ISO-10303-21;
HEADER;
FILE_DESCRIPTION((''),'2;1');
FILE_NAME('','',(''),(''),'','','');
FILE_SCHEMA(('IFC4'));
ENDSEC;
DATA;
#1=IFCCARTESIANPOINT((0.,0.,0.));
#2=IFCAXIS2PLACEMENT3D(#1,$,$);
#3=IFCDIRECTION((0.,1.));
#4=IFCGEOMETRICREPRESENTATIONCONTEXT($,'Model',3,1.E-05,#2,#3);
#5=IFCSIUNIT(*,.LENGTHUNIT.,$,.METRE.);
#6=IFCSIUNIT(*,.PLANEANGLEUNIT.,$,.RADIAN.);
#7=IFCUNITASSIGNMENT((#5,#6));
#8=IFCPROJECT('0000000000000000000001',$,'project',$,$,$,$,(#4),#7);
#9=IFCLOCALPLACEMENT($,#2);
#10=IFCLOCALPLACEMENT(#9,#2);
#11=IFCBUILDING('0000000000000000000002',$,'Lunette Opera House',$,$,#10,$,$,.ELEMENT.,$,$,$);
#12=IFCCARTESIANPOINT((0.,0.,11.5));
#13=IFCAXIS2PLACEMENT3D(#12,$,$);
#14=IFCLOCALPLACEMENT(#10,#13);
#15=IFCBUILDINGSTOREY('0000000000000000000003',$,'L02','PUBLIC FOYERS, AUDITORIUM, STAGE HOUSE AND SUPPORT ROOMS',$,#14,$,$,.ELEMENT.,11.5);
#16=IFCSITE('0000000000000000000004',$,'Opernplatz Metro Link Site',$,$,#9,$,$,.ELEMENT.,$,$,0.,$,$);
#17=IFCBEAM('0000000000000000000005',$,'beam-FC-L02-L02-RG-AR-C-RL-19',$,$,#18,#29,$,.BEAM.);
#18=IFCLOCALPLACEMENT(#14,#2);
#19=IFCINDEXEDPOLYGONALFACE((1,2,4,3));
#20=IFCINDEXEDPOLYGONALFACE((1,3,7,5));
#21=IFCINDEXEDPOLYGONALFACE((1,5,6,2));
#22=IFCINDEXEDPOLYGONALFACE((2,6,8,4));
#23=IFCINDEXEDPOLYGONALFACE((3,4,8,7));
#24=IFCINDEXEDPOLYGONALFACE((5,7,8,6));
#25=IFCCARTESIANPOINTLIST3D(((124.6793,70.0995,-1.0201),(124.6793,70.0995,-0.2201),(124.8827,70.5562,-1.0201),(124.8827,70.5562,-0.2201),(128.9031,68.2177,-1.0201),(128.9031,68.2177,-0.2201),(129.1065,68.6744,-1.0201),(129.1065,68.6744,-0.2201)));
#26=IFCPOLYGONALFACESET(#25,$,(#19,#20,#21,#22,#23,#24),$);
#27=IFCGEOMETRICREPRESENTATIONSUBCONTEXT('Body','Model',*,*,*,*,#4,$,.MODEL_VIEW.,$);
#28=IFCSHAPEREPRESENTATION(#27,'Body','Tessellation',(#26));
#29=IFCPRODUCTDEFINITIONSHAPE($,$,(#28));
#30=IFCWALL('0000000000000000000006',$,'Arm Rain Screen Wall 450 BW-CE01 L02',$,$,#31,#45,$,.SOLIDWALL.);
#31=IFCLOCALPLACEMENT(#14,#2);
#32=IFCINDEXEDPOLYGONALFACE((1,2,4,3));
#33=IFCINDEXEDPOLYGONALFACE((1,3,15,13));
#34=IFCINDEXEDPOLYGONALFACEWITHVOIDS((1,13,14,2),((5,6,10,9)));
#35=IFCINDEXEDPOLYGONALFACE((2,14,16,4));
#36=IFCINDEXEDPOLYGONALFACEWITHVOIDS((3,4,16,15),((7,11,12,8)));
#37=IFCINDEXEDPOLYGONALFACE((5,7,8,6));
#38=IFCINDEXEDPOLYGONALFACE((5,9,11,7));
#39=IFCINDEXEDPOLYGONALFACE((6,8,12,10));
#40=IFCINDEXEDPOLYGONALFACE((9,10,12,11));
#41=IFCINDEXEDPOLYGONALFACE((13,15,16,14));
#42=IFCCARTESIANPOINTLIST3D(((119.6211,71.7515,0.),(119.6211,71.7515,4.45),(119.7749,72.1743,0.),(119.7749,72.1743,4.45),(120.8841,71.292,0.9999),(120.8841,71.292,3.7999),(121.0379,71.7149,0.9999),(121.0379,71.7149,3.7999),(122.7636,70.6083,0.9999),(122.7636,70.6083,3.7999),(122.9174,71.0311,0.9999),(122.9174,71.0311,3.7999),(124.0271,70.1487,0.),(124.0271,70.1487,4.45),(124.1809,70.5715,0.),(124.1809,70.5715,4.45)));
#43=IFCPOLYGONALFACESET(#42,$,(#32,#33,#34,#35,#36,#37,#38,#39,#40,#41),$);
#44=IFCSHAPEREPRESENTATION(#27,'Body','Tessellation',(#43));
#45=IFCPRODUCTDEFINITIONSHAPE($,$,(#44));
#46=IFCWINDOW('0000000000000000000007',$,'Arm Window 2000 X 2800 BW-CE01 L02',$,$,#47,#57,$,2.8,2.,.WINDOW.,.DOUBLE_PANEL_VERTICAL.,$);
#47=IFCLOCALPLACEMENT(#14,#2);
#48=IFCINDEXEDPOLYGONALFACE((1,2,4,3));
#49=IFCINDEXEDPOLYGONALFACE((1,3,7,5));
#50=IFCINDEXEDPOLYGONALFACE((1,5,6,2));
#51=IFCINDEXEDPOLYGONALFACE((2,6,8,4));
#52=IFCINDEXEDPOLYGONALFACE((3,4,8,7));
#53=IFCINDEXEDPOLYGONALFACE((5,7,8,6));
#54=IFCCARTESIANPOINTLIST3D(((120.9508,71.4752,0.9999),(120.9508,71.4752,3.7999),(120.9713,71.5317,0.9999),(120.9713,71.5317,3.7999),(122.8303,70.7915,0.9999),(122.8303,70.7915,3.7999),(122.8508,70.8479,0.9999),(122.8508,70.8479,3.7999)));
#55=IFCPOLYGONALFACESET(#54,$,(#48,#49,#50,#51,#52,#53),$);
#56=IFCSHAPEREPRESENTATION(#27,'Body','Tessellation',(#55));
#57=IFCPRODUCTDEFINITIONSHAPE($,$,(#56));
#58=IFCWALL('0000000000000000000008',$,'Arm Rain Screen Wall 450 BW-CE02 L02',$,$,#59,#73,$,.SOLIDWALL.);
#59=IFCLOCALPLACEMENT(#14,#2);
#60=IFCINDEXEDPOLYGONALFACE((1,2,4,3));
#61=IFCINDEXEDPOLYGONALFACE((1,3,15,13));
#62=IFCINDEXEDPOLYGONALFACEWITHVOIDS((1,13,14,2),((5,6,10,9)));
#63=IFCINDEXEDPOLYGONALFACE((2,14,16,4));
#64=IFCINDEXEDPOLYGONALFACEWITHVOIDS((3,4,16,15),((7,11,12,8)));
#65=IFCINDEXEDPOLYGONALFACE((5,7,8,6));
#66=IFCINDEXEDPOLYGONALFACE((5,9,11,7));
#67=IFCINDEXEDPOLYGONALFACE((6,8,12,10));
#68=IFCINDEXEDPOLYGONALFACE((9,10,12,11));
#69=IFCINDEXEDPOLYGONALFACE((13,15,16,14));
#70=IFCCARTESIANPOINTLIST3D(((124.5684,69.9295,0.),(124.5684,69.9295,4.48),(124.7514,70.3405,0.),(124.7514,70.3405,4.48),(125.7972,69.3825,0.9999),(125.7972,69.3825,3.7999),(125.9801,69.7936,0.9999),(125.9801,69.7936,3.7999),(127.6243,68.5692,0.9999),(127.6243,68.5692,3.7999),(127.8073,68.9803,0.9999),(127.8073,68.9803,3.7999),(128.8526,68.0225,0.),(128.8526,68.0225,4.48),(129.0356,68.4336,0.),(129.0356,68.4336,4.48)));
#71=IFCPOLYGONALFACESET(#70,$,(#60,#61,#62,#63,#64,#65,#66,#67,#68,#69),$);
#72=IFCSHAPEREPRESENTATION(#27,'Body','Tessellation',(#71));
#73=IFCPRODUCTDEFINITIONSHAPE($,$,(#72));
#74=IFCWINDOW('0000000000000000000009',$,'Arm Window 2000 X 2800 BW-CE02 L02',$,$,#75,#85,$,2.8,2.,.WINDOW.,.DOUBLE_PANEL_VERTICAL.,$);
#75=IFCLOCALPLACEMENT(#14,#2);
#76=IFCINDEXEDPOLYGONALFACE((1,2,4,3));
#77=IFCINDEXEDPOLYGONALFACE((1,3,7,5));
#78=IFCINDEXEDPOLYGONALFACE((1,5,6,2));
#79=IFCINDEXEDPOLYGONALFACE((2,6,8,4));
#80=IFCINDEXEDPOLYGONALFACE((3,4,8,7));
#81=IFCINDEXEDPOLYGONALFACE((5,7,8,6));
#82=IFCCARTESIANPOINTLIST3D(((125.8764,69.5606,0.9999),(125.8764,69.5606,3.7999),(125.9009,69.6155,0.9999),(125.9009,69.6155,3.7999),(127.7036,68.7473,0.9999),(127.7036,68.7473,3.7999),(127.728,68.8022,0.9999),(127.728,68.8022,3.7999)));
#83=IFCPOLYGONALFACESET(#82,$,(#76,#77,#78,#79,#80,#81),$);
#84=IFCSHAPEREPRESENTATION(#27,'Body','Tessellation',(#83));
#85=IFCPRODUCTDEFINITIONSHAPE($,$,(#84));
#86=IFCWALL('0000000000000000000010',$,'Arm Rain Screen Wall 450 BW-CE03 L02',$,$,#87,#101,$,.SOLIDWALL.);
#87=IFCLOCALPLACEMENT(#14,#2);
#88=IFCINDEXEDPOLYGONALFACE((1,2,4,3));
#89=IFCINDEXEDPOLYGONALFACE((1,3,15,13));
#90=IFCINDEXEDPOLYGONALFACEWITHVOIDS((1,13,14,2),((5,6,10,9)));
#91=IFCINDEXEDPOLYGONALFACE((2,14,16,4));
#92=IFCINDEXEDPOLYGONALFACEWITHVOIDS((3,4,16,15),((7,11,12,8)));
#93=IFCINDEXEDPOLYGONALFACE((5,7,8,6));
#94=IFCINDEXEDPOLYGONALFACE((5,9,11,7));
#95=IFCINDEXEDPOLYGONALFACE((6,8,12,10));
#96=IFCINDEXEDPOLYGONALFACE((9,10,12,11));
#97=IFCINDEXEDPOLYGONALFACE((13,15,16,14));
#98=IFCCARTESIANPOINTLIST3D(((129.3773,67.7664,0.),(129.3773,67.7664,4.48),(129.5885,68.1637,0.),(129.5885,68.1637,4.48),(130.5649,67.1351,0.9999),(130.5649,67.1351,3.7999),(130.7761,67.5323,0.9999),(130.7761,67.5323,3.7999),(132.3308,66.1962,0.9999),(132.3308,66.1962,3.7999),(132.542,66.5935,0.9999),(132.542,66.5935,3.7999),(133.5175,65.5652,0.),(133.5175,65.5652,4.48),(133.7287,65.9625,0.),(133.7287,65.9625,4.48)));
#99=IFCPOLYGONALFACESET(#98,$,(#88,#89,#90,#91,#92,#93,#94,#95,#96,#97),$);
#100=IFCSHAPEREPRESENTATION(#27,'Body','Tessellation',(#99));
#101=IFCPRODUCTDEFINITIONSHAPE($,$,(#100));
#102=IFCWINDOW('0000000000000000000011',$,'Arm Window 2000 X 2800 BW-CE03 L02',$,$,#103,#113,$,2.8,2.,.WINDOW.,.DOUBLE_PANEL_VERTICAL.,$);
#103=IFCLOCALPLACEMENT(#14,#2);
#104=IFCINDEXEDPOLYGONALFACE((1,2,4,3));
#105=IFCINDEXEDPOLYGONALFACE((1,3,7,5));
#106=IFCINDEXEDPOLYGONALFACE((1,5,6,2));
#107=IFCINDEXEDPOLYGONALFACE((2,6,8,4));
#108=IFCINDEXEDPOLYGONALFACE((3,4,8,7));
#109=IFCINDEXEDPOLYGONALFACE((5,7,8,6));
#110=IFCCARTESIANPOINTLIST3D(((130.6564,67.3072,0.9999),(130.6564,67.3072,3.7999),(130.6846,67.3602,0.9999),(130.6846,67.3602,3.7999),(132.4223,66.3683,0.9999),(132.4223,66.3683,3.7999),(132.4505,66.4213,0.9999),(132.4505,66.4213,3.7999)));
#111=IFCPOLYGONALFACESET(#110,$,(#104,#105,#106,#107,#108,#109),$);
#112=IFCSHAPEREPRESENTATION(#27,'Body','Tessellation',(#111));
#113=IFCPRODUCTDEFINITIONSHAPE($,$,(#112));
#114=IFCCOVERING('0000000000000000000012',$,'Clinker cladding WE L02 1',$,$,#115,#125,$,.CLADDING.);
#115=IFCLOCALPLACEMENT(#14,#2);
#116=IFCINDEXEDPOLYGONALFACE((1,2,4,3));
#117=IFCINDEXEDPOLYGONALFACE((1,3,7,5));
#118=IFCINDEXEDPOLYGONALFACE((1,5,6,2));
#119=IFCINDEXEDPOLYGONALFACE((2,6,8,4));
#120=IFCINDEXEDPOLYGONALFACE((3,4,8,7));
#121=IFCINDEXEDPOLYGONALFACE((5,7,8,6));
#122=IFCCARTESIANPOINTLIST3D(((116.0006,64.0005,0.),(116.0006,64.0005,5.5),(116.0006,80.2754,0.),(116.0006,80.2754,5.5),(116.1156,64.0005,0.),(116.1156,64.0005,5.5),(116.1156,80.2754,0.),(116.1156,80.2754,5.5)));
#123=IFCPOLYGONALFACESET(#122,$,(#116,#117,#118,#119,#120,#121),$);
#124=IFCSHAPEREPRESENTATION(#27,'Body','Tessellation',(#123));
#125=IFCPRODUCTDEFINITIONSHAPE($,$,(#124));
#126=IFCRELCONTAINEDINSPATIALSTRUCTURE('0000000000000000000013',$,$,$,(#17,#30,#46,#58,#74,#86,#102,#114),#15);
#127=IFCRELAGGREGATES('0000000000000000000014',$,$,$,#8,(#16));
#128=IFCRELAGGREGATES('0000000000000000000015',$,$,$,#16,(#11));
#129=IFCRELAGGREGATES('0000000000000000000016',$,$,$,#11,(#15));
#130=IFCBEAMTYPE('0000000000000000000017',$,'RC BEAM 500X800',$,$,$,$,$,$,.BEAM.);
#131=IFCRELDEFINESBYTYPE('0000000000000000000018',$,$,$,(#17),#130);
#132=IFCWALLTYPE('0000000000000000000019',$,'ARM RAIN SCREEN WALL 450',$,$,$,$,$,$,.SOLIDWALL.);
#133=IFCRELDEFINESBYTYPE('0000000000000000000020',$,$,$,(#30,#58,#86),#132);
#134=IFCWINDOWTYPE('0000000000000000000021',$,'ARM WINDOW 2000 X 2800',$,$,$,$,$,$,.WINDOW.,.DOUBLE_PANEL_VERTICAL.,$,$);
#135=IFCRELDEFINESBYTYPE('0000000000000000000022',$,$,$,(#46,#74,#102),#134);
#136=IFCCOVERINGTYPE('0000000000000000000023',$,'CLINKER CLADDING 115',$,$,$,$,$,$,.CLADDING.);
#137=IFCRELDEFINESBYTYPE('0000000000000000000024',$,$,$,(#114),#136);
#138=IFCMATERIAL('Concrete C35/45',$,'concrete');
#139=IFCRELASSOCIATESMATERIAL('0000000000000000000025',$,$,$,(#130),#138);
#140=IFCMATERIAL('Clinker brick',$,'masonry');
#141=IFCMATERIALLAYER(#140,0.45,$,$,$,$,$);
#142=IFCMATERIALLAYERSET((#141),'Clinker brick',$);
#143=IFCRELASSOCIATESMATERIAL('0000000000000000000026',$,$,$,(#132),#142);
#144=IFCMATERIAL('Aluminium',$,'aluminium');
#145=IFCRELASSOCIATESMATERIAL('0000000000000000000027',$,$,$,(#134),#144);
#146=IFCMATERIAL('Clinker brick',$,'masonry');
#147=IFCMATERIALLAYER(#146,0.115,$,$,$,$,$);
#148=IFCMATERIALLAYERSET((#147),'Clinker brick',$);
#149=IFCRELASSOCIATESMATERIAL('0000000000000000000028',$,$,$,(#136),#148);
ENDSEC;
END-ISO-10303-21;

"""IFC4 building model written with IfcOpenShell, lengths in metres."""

from ifc_helpers import new_model, si_unit, direction, frame, frame_2d, origin, origin_2d, place, context, subcontext, project, spatial, rectangle, extrude, material, layer, layer_set, material_profile, profile_set, type_object, element, fill, save


model = new_model("IFC4")

# Units and contexts
model_context = context("Model", 3, precision=1e-05, world=origin(), true_north=direction((0.0, 1.0)))
body_context = subcontext(model_context, "Body", "Model", "MODEL_VIEW")
ifc_project = project(units=[si_unit("LENGTHUNIT", "METRE"), si_unit("PLANEANGLEUNIT", "RADIAN")], contexts=[model_context])

# Site, building, storey
site_placement = place(None, origin())
site = spatial("IfcSite", under=ifc_project, at=site_placement, Name="Opernplatz Metro Link Site", CompositionType="ELEMENT", RefElevation=0.0)
building_placement = place(site_placement, origin())
building = spatial("IfcBuilding", under=site, at=building_placement, Name="Lunette Opera House", CompositionType="ELEMENT")
storey_placement = place(building_placement, frame((0.0, 0.0, 11.5)))
storey = spatial("IfcBuildingStorey", under=building, at=storey_placement, Name="L02", Description="PUBLIC FOYERS, AUDITORIUM, STAGE HOUSE AND SUPPORT ROOMS", CompositionType="ELEMENT", Elevation=11.5)

# Beam
ifc_material_1 = material(Name="Concrete C35/45", Category="concrete")
ifc_material_profile_1 = material_profile(ifc_material_1, rectangle(XDim=0.5, YDim=0.8, at=origin_2d()), Name="RC BEAM 500X800")
ifc_profile_set_1 = profile_set([ifc_material_profile_1], Name="Concrete C35/45")
beam_type = type_object("IfcBeamType", Name="RC BEAM 500X800", PredefinedType="BEAM", material=ifc_profile_set_1)
for number, where, z_axis, x_axis, name in (
    (1, (124.781, 70.3279, -0.6201), (0.913445, -0.406961, 0.0), (0.406961, 0.913445, 0.0), "beam-FC-L02-L02-RG-AR-C-RL-19"),
):
    element("IfcBeam", number, at=place(storey_placement, frame(where, z_axis=z_axis, x_axis=x_axis)), inside=storey, type_object=beam_type, Name=name, PredefinedType="BEAM", context=body_context, shape_type="SweptSolid", body=[
        extrude(rectangle(XDim=0.5, YDim=0.8, at=origin_2d()), origin(), (0.0, 0.0, 1.0), 4.624),
    ])

# Walls, openings, windows
ifc_material_2 = material(Name="Clinker brick", Category="masonry")
ifc_layer_1 = layer(ifc_material_2, 0.45)
ifc_layer_set_1 = layer_set([ifc_layer_1], Name="Clinker brick")
wall_type = type_object("IfcWallType", Name="ARM RAIN SCREEN WALL 450", PredefinedType="SOLIDWALL", material=ifc_layer_set_1)
wall_1_placement = place(storey_placement, frame((119.698, 71.9629, 0.0), z_axis=(0.0, 0.0, 1.0), x_axis=(0.939752, -0.341856, 0.0)))
wall_1 = element("IfcWall", 2, at=wall_1_placement, inside=storey, type_object=wall_type, Name="Arm Rain Screen Wall 450 BW-CE01 L02", PredefinedType="SOLIDWALL", context=body_context, shape_type="SweptSolid", body=[
    extrude(rectangle(XDim=4.6885, YDim=0.45, at=frame_2d((2.3442, 0.0))), origin(), (0.0, 0.0, 1.0), 4.45),
])
opening_1_placement = place(wall_1_placement, frame((1.344, 0.0, 1.0)))
opening_1 = element("IfcOpeningElement", 3, at=opening_1_placement, cuts=wall_1, PredefinedType="OPENING", context=body_context, shape_type="SweptSolid", body=[
    extrude(rectangle(XDim=2.0, YDim=2.8, at=frame_2d((1.0, 1.3999))), frame((0.0, 0.2371, 0.0), z_axis=(0.0, -1.0, 0.0), x_axis=(1.0, 0.0, 0.0)), (0.0, 0.0, 1.0), 0.4739),
])
ifc_material_3 = material(Name="Aluminium", Category="aluminium")
window_type = type_object("IfcWindowType", Name="ARM WINDOW 2000 X 2800", PartitioningType="DOUBLE_PANEL_VERTICAL", PredefinedType="WINDOW", material=ifc_material_3)
window_1_placement = place(opening_1_placement, origin())
window_1 = element("IfcWindow", 4, at=window_1_placement, inside=storey, type_object=window_type, Name="Arm Window 2000 X 2800 BW-CE01 L02", OverallHeight=2.8, OverallWidth=2.0, PartitioningType="DOUBLE_PANEL_VERTICAL", PredefinedType="WINDOW", context=body_context, shape_type="SweptSolid", body=[
    extrude(rectangle(XDim=2.0, YDim=2.8, at=frame_2d((1.0, 1.3999))), frame((0.0, 0.03, 0.0), z_axis=(0.0, -1.0, 0.0), x_axis=(1.0, 0.0, 0.0)), (0.0, 0.0, 1.0), 0.0601),
])
fill(opening_1, window_1)
wall_2_placement = place(storey_placement, frame((124.6599, 70.135, 0.0), z_axis=(0.0, 0.0, 1.0), x_axis=(0.913582, -0.406655, 0.0)))
wall_2 = element("IfcWall", 5, at=wall_2_placement, inside=storey, type_object=wall_type, Name="Arm Rain Screen Wall 450 BW-CE02 L02", PredefinedType="SOLIDWALL", context=body_context, shape_type="SweptSolid", body=[
    extrude(rectangle(XDim=4.6895, YDim=0.45, at=frame_2d((2.3447, 0.0))), origin(), (0.0, 0.0, 1.0), 4.48),
])
opening_2_placement = place(wall_2_placement, frame((1.345, 0.0, 1.0)))
opening_2 = element("IfcOpeningElement", 6, at=opening_2_placement, cuts=wall_2, PredefinedType="OPENING", context=body_context, shape_type="SweptSolid", body=[
    extrude(rectangle(XDim=2.0, YDim=2.8, at=frame_2d((1.0, 1.3999))), frame((0.0, 0.2371, 0.0), z_axis=(0.0, -1.0, 0.0), x_axis=(1.0, 0.0, 0.0)), (0.0, 0.0, 1.0), 0.4739),
])
window_2_placement = place(opening_2_placement, origin())
window_2 = element("IfcWindow", 7, at=window_2_placement, inside=storey, type_object=window_type, Name="Arm Window 2000 X 2800 BW-CE02 L02", OverallHeight=2.8, OverallWidth=2.0, PartitioningType="DOUBLE_PANEL_VERTICAL", PredefinedType="WINDOW", context=body_context, shape_type="SweptSolid", body=[
    extrude(rectangle(XDim=2.0, YDim=2.8, at=frame_2d((1.0, 1.3999))), frame((0.0, 0.03, 0.0), z_axis=(0.0, -1.0, 0.0), x_axis=(1.0, 0.0, 0.0)), (0.0, 0.0, 1.0), 0.0601),
])
fill(opening_2, window_2)
wall_3_placement = place(storey_placement, frame((129.4829, 67.9651, 0.0), z_axis=(0.0, 0.0, 1.0), x_axis=(0.882963, -0.469442, 0.0)))
wall_3 = element("IfcWall", 8, at=wall_3_placement, inside=storey, type_object=wall_type, Name="Arm Rain Screen Wall 450 BW-CE03 L02", PredefinedType="SOLIDWALL", context=body_context, shape_type="SweptSolid", body=[
    extrude(rectangle(XDim=4.689, YDim=0.45, at=frame_2d((2.3445, 0.0))), origin(), (0.0, 0.0, 1.0), 4.48),
])
opening_3_placement = place(wall_3_placement, frame((1.345, 0.0, 1.0)))
opening_3 = element("IfcOpeningElement", 9, at=opening_3_placement, cuts=wall_3, PredefinedType="OPENING", context=body_context, shape_type="SweptSolid", body=[
    extrude(rectangle(XDim=2.0, YDim=2.8, at=frame_2d((1.0, 1.3999))), frame((0.0, 0.2371, 0.0), z_axis=(0.0, -1.0, 0.0), x_axis=(1.0, 0.0, 0.0)), (0.0, 0.0, 1.0), 0.4739),
])
window_3_placement = place(opening_3_placement, origin())
window_3 = element("IfcWindow", 10, at=window_3_placement, inside=storey, type_object=window_type, Name="Arm Window 2000 X 2800 BW-CE03 L02", OverallHeight=2.8, OverallWidth=2.0, PartitioningType="DOUBLE_PANEL_VERTICAL", PredefinedType="WINDOW", context=body_context, shape_type="SweptSolid", body=[
    extrude(rectangle(XDim=2.0, YDim=2.8, at=frame_2d((1.0, 1.3999))), frame((0.0, 0.03, 0.0), z_axis=(0.0, -1.0, 0.0), x_axis=(1.0, 0.0, 0.0)), (0.0, 0.0, 1.0), 0.0601),
])
fill(opening_3, window_3)

# Covering
ifc_material_4 = material(Name="Clinker brick", Category="masonry")
ifc_layer_2 = layer(ifc_material_4, 0.115)
ifc_layer_set_2 = layer_set([ifc_layer_2], Name="Clinker brick")
covering_type = type_object("IfcCoveringType", Name="CLINKER CLADDING 115", PredefinedType="CLADDING", material=ifc_layer_set_2)
covering_placement = place(storey_placement, frame((116.0581, 72.1379, 0.0), z_axis=(0.0, 0.0, 1.0), x_axis=(1.0, 0.0, 0.0)))
element("IfcCovering", 11, at=covering_placement, inside=storey, type_object=covering_type, Name="Clinker cladding WE L02 1", PredefinedType="CLADDING", context=body_context, shape_type="SweptSolid", body=[
    extrude(rectangle(XDim=0.115, YDim=16.2749, at=origin_2d()), origin(), (0.0, 0.0, 1.0), 5.5),
])

save(model, "model.ifc")
